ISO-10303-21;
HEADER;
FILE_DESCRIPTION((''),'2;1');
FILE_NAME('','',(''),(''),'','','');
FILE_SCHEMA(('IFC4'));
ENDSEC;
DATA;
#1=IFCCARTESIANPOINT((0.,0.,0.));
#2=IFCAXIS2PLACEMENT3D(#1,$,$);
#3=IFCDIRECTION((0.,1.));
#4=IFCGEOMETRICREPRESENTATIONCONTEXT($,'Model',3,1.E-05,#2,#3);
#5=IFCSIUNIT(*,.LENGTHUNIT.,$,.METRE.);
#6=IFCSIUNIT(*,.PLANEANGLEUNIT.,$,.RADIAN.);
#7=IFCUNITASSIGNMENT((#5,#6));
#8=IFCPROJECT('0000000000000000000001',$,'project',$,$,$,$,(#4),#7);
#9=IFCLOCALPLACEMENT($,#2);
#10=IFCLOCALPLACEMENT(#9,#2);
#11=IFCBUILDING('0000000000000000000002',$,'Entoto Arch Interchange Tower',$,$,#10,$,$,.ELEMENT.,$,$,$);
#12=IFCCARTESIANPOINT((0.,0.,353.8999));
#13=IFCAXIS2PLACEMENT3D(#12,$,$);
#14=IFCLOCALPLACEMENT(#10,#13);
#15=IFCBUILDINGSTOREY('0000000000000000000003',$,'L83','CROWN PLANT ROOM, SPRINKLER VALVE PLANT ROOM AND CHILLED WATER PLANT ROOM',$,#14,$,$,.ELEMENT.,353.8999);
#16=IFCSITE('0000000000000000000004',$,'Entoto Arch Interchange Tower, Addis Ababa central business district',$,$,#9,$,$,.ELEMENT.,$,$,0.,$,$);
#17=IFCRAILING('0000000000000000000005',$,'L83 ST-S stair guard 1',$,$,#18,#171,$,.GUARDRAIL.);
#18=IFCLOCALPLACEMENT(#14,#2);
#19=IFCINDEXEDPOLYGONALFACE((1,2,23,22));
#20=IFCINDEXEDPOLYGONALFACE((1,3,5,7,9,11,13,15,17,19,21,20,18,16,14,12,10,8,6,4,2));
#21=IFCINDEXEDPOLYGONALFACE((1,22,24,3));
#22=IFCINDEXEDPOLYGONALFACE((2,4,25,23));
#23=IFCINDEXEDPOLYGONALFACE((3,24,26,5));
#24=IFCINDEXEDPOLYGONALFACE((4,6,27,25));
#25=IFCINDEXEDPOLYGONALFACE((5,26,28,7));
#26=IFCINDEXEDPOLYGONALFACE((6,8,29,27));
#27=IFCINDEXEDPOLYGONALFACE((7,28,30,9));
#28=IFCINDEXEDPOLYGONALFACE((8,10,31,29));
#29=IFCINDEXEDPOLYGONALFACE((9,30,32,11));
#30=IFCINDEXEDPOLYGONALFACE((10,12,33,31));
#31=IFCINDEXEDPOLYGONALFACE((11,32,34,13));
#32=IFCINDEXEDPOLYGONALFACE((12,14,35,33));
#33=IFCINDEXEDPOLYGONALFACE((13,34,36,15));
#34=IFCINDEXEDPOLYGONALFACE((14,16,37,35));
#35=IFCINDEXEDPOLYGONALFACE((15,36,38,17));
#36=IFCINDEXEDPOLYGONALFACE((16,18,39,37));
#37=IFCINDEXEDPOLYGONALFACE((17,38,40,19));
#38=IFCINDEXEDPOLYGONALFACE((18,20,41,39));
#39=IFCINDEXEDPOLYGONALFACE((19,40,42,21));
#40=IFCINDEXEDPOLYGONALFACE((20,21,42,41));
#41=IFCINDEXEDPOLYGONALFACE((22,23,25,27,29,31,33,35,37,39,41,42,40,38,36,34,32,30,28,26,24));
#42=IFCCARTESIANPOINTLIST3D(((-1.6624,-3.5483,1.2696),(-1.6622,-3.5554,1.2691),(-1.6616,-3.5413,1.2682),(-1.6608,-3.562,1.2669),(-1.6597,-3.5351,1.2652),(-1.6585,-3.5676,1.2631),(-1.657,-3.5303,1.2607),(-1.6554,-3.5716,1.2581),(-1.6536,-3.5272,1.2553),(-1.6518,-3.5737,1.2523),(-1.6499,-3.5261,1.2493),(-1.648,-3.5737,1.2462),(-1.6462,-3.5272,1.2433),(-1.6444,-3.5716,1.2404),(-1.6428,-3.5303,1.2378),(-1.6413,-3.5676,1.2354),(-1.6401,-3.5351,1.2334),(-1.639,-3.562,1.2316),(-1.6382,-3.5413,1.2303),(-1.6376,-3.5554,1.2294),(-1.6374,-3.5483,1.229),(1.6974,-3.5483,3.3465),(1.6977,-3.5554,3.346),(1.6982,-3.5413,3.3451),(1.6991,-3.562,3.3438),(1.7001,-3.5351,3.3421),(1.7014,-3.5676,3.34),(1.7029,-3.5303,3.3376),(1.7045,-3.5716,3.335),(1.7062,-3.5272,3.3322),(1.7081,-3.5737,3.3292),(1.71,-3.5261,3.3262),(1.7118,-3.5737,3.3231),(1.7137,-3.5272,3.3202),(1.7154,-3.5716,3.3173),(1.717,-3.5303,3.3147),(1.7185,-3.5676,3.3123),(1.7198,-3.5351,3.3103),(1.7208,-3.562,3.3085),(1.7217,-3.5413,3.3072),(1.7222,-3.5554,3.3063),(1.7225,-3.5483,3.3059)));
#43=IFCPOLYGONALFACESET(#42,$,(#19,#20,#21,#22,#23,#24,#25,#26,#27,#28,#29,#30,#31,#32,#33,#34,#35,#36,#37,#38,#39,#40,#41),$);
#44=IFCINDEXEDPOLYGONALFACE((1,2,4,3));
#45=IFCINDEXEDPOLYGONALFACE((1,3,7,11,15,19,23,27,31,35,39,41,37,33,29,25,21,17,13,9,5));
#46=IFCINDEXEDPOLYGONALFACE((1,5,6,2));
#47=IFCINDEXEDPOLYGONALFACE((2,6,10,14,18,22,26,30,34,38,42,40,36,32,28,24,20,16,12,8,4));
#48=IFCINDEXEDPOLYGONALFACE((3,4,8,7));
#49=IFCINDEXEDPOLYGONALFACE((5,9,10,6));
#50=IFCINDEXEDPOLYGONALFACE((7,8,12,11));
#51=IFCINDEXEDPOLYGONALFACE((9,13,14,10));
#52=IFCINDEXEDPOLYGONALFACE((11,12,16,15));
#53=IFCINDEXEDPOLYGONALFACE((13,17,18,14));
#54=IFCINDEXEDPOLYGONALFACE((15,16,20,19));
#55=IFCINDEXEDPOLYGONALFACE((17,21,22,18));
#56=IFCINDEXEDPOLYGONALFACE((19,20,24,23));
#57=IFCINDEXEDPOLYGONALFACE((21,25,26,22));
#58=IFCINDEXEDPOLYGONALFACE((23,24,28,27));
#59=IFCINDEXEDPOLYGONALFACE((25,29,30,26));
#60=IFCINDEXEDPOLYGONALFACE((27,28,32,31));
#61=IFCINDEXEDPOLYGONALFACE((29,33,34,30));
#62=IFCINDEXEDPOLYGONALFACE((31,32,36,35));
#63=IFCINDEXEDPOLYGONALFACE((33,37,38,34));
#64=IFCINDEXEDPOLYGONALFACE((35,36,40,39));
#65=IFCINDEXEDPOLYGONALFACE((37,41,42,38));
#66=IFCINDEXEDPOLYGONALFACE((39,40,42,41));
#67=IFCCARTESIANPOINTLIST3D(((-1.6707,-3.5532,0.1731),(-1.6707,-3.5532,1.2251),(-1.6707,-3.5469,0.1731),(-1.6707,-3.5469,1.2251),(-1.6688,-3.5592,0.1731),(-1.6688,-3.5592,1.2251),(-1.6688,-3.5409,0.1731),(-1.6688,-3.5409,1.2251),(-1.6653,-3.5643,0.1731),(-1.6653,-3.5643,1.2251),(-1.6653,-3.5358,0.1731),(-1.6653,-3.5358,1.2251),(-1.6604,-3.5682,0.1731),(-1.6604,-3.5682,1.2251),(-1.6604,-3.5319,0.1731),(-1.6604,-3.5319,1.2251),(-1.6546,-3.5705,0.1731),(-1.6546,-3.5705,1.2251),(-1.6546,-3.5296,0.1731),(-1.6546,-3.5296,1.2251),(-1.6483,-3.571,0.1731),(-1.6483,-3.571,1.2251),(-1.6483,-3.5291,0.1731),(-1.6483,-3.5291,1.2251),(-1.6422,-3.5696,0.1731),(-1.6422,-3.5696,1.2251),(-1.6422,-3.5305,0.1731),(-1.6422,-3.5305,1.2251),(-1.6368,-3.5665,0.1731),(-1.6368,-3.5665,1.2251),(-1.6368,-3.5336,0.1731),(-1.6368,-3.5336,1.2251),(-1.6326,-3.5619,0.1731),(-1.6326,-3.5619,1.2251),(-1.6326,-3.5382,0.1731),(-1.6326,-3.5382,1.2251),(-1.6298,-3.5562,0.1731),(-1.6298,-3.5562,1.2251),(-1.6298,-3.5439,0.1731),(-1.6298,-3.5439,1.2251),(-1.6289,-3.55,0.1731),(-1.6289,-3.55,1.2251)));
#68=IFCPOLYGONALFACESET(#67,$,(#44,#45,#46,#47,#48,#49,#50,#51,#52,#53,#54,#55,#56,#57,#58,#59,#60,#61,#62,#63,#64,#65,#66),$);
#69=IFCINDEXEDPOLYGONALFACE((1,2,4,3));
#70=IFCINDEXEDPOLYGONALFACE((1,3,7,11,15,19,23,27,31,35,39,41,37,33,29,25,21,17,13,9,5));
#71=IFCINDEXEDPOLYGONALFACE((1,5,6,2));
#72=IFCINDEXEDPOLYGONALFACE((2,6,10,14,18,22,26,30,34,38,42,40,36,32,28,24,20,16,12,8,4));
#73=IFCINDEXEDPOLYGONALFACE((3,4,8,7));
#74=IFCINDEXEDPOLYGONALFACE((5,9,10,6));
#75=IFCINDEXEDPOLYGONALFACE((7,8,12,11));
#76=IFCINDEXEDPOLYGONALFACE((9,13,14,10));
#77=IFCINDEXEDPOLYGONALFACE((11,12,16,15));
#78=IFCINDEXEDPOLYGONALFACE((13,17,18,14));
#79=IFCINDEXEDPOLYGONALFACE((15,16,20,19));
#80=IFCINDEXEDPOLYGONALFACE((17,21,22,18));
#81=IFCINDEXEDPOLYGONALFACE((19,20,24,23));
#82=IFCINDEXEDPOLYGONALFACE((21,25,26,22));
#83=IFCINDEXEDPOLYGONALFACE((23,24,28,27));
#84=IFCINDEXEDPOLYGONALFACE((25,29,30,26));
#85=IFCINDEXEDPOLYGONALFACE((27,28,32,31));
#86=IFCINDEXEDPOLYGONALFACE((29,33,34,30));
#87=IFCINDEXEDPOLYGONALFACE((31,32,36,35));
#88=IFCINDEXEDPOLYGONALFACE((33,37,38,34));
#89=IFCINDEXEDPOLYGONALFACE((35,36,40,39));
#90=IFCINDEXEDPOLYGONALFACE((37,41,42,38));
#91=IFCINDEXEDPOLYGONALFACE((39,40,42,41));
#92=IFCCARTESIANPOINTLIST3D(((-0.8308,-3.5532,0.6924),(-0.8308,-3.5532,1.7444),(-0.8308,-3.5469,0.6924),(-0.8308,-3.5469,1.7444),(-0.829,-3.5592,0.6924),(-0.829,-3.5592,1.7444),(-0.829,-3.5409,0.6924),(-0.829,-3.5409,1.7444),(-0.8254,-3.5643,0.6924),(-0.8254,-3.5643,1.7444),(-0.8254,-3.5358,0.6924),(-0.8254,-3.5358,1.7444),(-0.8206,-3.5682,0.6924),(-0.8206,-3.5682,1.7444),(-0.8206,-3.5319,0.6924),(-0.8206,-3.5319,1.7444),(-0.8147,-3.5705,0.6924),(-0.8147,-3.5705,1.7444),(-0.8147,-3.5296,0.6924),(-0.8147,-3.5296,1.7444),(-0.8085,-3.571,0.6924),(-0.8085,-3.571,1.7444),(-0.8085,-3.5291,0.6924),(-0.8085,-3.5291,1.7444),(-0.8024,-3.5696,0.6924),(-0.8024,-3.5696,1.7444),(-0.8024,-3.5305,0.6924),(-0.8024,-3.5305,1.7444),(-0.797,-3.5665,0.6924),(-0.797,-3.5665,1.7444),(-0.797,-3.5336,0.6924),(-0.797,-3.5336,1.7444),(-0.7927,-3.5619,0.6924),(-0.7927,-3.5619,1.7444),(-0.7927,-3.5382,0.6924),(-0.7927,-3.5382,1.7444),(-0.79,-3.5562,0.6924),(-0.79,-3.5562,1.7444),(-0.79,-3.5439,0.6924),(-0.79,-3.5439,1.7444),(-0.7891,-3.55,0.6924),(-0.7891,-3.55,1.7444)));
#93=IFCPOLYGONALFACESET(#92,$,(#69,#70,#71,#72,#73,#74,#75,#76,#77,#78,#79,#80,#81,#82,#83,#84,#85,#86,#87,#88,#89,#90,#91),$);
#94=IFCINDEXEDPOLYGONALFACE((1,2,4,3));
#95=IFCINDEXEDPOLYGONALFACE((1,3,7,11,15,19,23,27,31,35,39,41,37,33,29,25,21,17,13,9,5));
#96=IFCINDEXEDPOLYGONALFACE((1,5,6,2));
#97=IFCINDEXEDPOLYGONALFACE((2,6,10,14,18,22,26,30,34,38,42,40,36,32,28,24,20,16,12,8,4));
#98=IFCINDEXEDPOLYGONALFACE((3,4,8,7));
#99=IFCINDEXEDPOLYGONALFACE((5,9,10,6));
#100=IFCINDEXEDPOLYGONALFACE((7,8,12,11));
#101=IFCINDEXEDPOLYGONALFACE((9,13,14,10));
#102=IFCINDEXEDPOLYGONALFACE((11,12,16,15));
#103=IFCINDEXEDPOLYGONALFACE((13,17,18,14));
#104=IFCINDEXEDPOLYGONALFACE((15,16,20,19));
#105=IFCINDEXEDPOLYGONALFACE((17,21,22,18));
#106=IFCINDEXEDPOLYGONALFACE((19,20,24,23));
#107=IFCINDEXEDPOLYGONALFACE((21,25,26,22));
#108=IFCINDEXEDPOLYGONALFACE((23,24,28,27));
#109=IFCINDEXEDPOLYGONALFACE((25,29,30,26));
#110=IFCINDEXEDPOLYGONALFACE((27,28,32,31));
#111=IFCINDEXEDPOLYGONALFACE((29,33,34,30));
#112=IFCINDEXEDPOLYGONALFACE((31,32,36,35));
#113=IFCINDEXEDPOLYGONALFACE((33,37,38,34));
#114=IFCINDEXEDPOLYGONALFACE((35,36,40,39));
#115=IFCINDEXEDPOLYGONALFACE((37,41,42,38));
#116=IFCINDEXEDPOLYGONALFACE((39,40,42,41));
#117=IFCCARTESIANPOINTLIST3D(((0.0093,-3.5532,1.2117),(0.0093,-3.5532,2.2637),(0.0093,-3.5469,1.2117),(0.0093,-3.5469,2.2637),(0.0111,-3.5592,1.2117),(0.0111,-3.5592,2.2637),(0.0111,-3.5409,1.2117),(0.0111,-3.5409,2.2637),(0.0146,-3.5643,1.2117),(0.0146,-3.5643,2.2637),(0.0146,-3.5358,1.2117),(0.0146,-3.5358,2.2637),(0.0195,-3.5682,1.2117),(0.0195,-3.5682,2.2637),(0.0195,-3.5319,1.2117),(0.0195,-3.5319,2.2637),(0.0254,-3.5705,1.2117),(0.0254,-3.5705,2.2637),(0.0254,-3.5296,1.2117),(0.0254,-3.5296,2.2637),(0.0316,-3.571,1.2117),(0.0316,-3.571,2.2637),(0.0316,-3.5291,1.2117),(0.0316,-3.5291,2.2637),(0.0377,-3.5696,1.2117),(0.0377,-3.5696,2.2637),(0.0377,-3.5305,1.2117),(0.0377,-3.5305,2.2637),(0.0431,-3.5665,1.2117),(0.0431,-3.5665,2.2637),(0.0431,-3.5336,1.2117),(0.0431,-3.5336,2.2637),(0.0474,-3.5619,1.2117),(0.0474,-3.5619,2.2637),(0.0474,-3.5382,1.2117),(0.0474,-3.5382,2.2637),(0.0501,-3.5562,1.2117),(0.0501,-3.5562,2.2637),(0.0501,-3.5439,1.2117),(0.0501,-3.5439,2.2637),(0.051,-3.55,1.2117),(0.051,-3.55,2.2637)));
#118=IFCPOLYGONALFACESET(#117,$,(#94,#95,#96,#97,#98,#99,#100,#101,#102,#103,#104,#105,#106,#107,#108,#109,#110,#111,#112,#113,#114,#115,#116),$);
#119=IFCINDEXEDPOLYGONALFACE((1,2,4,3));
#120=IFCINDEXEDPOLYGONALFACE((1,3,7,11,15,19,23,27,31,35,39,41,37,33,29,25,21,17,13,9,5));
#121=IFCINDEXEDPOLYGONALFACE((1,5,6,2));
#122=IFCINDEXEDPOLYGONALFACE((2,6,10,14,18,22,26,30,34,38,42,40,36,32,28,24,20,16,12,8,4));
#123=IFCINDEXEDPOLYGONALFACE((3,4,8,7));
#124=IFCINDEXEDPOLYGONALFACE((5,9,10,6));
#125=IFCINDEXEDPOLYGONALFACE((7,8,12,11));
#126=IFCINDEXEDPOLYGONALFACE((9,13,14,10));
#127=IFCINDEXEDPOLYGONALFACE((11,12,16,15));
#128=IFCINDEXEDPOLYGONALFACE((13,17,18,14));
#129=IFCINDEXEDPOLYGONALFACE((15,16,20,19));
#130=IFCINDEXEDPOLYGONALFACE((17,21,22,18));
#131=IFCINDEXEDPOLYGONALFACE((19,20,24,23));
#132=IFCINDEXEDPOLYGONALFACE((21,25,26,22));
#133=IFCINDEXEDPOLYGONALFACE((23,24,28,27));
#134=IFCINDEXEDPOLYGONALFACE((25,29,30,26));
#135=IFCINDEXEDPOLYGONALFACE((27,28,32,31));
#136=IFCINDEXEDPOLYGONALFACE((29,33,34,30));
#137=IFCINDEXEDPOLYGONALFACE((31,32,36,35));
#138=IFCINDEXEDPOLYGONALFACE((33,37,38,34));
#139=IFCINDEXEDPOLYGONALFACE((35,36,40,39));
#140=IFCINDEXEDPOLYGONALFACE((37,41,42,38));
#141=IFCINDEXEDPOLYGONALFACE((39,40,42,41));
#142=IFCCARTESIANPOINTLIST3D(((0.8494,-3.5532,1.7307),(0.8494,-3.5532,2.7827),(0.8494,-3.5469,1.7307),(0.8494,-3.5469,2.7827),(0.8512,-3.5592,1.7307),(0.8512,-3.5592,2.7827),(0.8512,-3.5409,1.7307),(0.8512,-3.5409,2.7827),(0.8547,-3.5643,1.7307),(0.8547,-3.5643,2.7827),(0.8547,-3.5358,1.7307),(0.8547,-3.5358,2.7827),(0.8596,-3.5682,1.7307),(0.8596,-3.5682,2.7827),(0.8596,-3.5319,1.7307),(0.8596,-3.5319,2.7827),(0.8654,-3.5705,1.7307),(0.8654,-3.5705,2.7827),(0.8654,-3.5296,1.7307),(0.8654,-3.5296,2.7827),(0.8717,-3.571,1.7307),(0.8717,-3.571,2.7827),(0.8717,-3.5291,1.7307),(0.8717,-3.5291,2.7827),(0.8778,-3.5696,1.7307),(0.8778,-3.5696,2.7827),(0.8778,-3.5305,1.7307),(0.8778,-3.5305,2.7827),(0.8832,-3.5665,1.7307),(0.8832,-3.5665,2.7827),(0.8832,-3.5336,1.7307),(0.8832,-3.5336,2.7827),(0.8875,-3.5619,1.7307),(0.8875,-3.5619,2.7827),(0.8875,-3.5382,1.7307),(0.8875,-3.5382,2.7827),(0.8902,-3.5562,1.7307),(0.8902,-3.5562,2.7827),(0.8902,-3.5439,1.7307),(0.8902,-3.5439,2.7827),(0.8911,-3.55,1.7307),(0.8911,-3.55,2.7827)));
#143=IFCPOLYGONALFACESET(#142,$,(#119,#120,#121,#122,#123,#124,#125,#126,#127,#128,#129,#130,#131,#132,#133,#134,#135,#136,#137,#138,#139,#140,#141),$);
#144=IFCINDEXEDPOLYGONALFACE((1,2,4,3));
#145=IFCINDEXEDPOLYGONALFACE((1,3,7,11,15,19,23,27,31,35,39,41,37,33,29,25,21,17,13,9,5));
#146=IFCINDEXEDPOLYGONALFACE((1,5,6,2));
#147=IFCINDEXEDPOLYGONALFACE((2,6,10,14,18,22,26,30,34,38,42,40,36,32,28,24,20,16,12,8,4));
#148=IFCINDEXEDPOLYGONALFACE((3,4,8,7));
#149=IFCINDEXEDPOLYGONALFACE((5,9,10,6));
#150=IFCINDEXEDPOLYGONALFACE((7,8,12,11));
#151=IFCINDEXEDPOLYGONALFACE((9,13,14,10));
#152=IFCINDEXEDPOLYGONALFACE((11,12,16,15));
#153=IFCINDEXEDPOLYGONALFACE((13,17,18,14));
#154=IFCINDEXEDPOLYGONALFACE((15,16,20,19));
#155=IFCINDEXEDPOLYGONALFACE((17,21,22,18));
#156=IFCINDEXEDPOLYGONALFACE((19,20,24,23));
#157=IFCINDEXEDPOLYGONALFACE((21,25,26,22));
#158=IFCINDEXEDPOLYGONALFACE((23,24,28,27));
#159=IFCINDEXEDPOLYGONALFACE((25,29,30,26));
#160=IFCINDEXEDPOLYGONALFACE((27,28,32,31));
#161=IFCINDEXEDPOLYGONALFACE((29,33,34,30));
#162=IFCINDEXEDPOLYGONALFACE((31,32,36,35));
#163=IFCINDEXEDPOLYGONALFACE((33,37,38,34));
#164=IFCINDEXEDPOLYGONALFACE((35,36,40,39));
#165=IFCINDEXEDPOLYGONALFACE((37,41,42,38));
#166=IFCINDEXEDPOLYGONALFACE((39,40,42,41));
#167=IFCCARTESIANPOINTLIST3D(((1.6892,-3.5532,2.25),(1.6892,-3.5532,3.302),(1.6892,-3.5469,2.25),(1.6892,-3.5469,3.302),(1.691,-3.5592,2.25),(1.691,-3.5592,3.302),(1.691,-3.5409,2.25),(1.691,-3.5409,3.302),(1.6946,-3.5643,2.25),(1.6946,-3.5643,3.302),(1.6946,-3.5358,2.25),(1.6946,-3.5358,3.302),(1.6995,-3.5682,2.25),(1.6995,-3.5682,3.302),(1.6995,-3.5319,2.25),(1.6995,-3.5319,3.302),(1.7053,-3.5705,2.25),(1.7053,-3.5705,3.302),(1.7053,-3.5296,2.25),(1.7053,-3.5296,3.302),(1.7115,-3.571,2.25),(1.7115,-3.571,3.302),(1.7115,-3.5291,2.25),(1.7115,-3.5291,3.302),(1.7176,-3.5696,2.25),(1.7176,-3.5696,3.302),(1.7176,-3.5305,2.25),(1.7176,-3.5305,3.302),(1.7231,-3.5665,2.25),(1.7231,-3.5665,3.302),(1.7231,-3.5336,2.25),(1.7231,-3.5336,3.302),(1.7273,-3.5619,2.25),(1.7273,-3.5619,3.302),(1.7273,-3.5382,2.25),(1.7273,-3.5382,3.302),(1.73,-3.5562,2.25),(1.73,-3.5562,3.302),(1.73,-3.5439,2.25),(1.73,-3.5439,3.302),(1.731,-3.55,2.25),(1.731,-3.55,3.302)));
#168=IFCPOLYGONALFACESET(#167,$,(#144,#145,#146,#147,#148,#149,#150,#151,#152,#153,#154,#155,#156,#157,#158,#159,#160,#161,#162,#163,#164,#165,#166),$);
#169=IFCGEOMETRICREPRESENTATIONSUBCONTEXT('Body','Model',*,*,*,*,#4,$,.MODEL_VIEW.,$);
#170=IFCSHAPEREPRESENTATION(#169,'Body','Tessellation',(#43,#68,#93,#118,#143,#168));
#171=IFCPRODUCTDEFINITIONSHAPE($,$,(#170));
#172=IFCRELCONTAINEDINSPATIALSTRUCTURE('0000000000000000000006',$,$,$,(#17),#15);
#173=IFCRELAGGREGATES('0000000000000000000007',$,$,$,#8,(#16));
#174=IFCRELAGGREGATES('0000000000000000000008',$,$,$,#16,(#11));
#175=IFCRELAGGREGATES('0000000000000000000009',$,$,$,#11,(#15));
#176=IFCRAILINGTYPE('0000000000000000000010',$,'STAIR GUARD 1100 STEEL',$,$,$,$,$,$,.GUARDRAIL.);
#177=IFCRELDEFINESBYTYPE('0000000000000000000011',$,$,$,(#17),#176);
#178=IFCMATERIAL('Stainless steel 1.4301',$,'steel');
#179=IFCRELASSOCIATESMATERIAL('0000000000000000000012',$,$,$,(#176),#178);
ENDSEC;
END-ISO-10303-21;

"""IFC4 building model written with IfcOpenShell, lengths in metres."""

from ifc_helpers import new_model, si_unit, direction, frame, origin, origin_2d, place, context, subcontext, project, spatial, circle, extrude, material, type_object, element, save


model = new_model("IFC4")

# Units and contexts
model_context = context("Model", 3, precision=1e-05, world=origin(), true_north=direction((0.0, 1.0)))
body_context = subcontext(model_context, "Body", "Model", "MODEL_VIEW")
ifc_project = project(units=[si_unit("LENGTHUNIT", "METRE"), si_unit("PLANEANGLEUNIT", "RADIAN")], contexts=[model_context])

# Site, building, storey
site_placement = place(None, origin())
site = spatial("IfcSite", under=ifc_project, at=site_placement, Name="Entoto Arch Interchange Tower, Addis Ababa central business district", CompositionType="ELEMENT", RefElevation=0.0)
building_placement = place(site_placement, origin())
building = spatial("IfcBuilding", under=site, at=building_placement, Name="Entoto Arch Interchange Tower", CompositionType="ELEMENT")
storey_placement = place(building_placement, frame((0.0, 0.0, 353.8999)))
storey = spatial("IfcBuildingStorey", under=building, at=storey_placement, Name="L83", Description="CROWN PLANT ROOM, SPRINKLER VALVE PLANT ROOM AND CHILLED WATER PLANT ROOM", CompositionType="ELEMENT", Elevation=353.8999)

# Railing
ifc_material_1 = material(Name="Stainless steel 1.4301", Category="steel")
railing_type_1 = type_object("IfcRailingType", Name="STAIR GUARD 1100 STEEL", PredefinedType="GUARDRAIL", material=ifc_material_1)
railing_1_placement = place(storey_placement, frame((-1.6499, -3.55, 0.1731)))
element("IfcRailing", 1, at=railing_1_placement, inside=storey, type_object=railing_type_1, Name="L83 ST-S stair guard 1", PredefinedType="GUARDRAIL", context=body_context, shape_type="SweptSolid", body=[
    extrude(circle(Radius=0.0239, at=origin_2d()), frame((0.0, 0.0, 1.0762), z_axis=(0.850606, 0.0, 0.525803), x_axis=(0.0, 1.0, 0.0)), (0.0, 0.0, 1.0), 3.95),
    extrude(circle(Radius=0.021, at=origin_2d()), origin(), (0.0, 0.0, 1.0), 1.052),
    extrude(circle(Radius=0.021, at=origin_2d()), frame((0.8398, 0.0, 0.5193)), (0.0, 0.0, 1.0), 1.052),
    extrude(circle(Radius=0.021, at=origin_2d()), frame((1.6799, 0.0, 1.0386)), (0.0, 0.0, 1.0), 1.052),
    extrude(circle(Radius=0.021, at=origin_2d()), frame((2.52, 0.0, 1.5576)), (0.0, 0.0, 1.0), 1.052),
    extrude(circle(Radius=0.021, at=origin_2d()), frame((3.3599, 0.0, 2.0769)), (0.0, 0.0, 1.0), 1.052),
])

save(model, "model.ifc")
